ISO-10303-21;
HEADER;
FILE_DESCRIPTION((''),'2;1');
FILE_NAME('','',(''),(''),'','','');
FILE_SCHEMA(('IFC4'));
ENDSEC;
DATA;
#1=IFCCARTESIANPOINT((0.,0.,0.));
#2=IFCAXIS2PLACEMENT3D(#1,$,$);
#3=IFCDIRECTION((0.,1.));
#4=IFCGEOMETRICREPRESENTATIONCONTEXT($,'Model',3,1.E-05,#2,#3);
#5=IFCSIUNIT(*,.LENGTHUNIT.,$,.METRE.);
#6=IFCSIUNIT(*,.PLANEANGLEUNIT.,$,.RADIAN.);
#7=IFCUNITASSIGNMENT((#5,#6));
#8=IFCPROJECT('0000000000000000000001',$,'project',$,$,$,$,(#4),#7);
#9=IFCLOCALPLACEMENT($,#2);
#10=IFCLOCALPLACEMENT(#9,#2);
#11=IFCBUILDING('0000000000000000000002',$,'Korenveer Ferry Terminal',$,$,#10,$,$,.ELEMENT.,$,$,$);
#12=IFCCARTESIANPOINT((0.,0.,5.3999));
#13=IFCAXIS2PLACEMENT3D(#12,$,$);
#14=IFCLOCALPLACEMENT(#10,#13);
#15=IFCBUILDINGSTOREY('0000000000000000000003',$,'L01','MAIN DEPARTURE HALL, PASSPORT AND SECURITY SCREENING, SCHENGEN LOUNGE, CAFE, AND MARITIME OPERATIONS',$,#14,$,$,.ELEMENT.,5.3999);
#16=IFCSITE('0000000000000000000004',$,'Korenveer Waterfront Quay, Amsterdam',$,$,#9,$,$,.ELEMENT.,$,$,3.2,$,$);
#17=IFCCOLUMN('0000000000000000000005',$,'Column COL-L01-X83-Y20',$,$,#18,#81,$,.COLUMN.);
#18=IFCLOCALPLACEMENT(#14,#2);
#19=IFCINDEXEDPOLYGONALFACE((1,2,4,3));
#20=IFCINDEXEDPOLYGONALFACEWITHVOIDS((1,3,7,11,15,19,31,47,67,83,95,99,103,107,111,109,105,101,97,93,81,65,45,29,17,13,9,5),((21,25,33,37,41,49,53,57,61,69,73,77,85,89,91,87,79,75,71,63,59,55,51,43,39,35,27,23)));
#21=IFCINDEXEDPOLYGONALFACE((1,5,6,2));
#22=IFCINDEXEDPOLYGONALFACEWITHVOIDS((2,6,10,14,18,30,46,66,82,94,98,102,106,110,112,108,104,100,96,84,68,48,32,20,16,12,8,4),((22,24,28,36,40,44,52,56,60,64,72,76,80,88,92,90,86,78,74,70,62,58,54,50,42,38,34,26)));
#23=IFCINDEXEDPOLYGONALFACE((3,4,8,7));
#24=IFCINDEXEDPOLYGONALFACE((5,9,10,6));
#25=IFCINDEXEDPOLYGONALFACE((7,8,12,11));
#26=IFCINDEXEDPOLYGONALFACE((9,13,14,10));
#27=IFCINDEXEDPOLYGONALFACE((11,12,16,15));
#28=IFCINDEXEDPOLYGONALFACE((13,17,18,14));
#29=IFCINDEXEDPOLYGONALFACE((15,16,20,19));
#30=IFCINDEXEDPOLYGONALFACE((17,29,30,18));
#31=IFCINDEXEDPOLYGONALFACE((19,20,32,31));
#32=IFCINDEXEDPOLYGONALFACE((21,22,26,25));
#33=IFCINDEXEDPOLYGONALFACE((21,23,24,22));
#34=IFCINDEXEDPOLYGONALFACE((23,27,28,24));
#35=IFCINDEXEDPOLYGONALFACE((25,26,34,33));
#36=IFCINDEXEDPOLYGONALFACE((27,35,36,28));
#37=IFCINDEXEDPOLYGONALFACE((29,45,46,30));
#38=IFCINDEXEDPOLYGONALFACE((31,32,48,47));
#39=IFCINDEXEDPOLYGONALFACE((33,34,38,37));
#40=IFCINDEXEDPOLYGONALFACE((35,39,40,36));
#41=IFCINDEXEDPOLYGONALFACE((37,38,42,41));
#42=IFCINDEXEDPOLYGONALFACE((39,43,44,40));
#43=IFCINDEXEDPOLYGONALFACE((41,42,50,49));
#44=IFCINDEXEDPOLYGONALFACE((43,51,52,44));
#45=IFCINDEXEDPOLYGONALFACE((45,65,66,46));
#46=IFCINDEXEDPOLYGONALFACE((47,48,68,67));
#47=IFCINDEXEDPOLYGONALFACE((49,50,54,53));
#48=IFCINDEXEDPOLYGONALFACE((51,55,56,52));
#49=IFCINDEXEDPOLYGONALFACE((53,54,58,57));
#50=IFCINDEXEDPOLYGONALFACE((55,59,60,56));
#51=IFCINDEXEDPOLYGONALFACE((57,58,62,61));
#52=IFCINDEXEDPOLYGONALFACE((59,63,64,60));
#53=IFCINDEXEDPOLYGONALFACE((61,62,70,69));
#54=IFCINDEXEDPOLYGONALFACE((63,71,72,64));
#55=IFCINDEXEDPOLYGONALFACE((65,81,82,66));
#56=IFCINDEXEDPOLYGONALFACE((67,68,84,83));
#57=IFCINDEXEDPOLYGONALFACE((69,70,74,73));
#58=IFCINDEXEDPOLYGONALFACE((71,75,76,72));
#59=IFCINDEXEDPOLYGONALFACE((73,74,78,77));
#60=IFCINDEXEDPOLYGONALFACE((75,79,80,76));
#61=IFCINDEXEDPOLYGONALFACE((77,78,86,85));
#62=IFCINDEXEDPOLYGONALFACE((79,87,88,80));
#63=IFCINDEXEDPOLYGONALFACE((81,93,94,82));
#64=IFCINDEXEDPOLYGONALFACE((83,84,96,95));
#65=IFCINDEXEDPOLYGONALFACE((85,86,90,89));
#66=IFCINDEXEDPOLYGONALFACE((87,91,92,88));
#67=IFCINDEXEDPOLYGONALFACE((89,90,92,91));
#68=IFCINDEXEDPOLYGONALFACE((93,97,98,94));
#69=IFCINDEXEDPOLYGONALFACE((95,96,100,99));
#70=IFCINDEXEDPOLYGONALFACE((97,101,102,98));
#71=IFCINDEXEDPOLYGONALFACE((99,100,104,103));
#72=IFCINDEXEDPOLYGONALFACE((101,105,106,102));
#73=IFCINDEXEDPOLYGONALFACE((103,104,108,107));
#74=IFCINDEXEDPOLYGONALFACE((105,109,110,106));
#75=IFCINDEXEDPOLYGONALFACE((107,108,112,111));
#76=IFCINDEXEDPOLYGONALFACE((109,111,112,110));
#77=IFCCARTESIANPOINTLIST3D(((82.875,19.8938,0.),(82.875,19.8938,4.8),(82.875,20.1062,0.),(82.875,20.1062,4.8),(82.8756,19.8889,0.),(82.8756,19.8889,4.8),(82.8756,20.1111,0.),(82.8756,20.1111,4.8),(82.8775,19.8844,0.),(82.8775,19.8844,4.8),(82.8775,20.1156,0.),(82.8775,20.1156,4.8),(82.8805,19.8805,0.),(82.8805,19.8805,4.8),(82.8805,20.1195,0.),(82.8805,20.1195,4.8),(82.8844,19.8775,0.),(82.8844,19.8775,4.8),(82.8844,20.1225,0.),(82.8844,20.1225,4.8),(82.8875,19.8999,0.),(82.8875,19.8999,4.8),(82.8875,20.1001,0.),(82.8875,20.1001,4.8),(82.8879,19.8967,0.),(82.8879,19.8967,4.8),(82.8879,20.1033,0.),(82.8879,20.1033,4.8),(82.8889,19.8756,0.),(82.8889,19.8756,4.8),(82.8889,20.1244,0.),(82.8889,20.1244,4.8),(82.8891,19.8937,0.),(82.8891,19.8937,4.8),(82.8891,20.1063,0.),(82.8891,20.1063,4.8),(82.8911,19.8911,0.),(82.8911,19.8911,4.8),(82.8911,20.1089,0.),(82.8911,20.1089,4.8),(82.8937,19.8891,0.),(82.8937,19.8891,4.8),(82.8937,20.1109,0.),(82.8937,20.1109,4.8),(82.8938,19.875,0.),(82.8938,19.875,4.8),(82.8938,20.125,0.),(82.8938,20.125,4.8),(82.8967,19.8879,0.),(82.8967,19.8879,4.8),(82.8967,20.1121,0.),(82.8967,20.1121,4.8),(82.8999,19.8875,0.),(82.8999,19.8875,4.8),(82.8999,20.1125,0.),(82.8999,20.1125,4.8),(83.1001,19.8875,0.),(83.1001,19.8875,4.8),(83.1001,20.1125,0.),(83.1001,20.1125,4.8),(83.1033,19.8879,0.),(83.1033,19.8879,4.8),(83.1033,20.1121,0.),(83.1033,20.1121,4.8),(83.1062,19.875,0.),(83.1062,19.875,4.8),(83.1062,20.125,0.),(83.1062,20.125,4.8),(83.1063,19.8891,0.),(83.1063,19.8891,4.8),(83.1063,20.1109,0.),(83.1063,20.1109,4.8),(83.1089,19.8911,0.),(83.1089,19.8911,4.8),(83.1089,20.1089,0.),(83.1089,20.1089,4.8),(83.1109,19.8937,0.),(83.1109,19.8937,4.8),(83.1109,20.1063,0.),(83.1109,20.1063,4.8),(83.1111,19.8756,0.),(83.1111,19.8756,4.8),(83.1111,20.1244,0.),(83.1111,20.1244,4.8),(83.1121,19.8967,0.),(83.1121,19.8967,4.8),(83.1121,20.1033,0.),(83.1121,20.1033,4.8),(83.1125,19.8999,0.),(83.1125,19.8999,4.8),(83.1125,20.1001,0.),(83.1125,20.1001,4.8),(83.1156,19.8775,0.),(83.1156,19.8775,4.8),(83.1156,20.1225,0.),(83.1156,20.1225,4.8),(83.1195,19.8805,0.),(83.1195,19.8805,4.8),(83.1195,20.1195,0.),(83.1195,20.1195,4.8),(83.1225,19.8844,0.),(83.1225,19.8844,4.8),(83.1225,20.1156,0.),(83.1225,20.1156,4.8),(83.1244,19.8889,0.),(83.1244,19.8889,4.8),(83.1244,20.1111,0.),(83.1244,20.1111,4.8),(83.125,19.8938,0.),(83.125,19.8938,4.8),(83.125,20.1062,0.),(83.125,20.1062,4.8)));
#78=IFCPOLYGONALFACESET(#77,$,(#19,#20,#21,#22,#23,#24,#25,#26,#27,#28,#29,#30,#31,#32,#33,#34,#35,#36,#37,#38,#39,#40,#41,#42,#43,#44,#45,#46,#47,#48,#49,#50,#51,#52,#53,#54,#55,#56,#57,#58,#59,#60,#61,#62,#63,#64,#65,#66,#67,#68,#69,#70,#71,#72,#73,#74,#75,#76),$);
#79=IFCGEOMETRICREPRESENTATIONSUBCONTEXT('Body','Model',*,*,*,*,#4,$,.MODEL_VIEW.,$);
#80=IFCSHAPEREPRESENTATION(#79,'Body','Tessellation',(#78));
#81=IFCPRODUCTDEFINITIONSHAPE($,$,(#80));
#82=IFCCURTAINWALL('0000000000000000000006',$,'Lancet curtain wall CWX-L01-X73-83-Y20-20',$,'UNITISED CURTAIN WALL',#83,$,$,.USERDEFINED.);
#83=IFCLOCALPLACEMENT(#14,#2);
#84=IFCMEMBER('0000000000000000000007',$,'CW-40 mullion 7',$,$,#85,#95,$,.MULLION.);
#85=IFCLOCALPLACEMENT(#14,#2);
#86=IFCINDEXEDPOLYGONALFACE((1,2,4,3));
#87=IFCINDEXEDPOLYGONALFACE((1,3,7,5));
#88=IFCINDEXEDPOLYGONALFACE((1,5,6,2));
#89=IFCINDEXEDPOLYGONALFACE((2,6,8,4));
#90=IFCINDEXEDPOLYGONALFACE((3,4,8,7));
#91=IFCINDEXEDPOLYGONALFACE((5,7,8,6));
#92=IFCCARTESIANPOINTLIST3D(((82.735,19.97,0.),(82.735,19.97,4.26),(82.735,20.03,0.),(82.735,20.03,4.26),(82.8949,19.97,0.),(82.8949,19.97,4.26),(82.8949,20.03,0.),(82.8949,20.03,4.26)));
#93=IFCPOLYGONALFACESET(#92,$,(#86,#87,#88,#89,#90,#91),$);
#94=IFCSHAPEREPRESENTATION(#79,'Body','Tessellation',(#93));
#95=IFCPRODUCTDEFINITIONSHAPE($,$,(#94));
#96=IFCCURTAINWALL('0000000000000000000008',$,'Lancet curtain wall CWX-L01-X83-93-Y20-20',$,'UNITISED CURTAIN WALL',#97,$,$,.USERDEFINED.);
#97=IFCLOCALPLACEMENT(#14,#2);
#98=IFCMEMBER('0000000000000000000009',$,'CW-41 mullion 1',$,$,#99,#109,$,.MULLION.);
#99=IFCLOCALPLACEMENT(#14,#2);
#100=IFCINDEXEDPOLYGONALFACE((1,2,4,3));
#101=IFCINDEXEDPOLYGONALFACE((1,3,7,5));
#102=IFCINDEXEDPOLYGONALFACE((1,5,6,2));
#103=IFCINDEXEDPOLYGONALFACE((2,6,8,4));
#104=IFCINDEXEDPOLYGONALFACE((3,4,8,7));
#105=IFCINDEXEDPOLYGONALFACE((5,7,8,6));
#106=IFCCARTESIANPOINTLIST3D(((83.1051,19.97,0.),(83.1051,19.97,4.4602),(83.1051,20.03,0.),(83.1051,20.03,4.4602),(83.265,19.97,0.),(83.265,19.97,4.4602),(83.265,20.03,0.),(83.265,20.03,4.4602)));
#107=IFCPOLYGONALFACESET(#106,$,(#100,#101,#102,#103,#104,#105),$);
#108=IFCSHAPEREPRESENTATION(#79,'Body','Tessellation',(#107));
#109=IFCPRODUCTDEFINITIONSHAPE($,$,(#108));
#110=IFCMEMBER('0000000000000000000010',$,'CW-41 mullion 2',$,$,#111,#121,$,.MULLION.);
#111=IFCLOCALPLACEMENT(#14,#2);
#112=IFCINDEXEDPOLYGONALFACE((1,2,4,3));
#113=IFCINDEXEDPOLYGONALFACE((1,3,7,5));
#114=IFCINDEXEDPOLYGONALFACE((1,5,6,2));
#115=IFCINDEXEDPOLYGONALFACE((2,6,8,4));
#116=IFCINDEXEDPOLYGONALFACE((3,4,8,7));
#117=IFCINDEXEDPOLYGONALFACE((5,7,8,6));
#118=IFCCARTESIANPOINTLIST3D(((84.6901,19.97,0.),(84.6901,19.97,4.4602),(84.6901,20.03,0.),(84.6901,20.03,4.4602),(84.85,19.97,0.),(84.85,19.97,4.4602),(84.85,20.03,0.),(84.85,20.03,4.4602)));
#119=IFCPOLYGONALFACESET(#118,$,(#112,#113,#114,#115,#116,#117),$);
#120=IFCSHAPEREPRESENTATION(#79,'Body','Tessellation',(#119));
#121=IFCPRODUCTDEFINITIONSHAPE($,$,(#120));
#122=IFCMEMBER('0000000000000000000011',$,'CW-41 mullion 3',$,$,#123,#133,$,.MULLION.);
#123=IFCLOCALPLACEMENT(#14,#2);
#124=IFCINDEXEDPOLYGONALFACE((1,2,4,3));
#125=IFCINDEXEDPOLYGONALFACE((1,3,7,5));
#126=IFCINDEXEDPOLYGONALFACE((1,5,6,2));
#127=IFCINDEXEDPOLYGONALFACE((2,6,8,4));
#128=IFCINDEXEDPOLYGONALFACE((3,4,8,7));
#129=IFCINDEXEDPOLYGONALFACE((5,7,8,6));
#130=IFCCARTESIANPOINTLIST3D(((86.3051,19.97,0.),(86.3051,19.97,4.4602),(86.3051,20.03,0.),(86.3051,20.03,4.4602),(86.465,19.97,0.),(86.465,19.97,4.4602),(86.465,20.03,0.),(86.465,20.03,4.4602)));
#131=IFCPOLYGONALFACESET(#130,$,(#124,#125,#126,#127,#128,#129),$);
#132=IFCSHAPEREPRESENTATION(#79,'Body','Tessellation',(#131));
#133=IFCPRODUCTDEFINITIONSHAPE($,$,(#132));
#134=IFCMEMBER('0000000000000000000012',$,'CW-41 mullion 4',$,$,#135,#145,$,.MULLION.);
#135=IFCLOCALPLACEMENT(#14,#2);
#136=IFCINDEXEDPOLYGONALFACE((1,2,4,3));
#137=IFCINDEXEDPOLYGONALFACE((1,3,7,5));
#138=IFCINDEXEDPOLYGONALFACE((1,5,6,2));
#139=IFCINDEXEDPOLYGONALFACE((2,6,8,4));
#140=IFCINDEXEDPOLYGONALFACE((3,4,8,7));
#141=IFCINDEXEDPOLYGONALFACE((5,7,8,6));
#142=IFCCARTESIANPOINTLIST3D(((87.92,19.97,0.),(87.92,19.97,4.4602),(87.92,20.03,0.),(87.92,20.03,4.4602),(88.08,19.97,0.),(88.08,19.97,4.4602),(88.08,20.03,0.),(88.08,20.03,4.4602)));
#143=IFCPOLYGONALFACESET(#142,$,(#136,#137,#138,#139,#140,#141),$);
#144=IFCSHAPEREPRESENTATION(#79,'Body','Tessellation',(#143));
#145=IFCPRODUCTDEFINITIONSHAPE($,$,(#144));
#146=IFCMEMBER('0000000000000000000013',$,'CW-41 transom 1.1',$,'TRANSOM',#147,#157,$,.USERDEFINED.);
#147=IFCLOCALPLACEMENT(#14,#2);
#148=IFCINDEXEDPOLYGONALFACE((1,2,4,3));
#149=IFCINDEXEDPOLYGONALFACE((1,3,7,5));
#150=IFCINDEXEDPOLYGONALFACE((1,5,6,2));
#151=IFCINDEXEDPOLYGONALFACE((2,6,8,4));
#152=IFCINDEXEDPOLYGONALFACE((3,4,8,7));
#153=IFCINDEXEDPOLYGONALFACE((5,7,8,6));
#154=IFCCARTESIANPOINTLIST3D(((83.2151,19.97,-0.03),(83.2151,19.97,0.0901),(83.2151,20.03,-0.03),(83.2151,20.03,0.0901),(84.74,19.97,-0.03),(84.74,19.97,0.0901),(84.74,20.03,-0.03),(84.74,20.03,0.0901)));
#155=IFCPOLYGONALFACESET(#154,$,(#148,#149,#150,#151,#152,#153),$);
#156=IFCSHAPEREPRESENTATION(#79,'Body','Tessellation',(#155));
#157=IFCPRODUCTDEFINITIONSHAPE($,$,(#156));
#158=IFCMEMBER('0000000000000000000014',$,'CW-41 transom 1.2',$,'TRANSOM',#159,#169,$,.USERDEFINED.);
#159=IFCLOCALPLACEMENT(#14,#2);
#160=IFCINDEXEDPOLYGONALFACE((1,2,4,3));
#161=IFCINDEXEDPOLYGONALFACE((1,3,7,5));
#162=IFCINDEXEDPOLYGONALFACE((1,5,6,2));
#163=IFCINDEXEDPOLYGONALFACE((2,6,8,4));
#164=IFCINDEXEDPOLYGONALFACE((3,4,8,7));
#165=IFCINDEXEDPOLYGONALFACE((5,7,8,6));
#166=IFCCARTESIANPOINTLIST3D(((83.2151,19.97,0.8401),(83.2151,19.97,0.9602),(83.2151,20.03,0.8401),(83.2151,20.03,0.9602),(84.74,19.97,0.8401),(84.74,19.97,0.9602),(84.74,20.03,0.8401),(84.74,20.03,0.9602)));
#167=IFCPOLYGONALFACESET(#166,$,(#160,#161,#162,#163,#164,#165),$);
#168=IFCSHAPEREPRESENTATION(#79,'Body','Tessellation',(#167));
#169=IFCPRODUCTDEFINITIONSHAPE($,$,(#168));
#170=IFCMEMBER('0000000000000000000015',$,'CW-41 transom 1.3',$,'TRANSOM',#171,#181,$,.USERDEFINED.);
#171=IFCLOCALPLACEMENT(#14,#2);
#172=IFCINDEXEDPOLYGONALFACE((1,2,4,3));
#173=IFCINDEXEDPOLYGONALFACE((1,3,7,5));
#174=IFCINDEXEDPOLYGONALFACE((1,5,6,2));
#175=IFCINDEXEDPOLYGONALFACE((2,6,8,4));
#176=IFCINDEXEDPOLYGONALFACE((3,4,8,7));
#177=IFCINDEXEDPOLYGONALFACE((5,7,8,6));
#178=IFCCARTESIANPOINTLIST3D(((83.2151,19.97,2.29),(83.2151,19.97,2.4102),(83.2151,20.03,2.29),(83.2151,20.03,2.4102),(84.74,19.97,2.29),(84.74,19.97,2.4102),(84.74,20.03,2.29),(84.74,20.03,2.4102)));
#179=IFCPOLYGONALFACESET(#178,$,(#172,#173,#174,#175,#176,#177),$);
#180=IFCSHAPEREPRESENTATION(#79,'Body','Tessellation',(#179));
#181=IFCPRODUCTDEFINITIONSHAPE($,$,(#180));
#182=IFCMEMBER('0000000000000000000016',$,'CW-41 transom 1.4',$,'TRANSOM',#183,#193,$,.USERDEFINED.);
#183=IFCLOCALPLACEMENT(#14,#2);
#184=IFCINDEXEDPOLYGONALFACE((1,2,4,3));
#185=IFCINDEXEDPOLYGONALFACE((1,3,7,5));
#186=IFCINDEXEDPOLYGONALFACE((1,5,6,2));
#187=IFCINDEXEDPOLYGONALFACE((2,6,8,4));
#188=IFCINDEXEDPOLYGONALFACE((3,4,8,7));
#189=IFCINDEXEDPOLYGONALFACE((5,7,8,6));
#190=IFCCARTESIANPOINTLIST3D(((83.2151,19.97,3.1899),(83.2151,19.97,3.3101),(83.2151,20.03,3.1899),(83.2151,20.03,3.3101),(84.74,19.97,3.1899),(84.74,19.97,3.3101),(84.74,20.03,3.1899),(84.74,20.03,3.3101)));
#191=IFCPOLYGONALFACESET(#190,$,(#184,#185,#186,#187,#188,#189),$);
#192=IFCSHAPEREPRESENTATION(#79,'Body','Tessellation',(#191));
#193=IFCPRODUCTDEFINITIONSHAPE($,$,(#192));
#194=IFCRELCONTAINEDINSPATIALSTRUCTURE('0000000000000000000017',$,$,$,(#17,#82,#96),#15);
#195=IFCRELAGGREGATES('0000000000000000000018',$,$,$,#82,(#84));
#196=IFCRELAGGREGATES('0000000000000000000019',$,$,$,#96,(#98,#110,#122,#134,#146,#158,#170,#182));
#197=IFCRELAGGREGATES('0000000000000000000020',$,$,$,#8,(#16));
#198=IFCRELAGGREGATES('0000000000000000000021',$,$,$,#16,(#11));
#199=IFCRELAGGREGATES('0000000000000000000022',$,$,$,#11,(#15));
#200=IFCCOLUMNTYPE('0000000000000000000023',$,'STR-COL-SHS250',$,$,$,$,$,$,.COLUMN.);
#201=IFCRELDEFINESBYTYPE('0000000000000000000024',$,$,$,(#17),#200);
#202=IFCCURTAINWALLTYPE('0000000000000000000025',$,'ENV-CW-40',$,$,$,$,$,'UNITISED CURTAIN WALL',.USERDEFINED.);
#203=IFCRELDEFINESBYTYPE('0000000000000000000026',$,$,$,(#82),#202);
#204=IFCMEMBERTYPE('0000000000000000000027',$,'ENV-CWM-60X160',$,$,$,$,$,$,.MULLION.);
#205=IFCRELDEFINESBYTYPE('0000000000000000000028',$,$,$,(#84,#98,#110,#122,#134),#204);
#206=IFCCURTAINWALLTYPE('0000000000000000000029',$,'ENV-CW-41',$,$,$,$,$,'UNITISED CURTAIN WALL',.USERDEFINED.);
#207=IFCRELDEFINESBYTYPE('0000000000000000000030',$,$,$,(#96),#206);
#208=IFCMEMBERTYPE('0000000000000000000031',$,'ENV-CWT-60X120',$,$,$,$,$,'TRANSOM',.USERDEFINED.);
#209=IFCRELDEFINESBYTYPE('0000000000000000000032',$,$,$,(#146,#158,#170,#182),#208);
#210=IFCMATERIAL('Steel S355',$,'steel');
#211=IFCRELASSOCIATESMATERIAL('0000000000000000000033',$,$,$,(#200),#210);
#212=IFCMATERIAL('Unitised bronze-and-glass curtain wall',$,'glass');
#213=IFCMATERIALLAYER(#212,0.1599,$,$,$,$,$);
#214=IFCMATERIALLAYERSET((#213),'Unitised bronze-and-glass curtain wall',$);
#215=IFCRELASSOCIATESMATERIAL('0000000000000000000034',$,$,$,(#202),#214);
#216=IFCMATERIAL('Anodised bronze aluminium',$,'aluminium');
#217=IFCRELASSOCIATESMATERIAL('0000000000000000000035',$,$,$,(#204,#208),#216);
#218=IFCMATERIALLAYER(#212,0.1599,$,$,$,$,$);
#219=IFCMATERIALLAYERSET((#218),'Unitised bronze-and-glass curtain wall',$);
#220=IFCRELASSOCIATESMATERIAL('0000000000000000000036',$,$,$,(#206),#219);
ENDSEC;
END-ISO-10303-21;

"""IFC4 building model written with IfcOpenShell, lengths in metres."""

from ifc_helpers import new_model, si_unit, direction, frame, origin, origin_2d, place, context, subcontext, project, spatial, rectangle, hollow_rectangle, extrude, material, layer, layer_set, material_profile, profile_set, type_object, element, aggregate, save


model = new_model("IFC4")

# Units and contexts
model_context = context("Model", 3, precision=1e-05, world=origin(), true_north=direction((0.0, 1.0)))
body_context = subcontext(model_context, "Body", "Model", "MODEL_VIEW")
ifc_project = project(units=[si_unit("LENGTHUNIT", "METRE"), si_unit("PLANEANGLEUNIT", "RADIAN")], contexts=[model_context])

# Site, building, storey
site_placement = place(None, origin())
site = spatial("IfcSite", under=ifc_project, at=site_placement, Name="Korenveer Waterfront Quay, Amsterdam", CompositionType="ELEMENT", RefElevation=3.2)
building_placement = place(site_placement, origin())
building = spatial("IfcBuilding", under=site, at=building_placement, Name="Korenveer Ferry Terminal", CompositionType="ELEMENT")
storey_placement = place(building_placement, frame((0.0, 0.0, 5.3999)))
storey = spatial("IfcBuildingStorey", under=building, at=storey_placement, Name="L01", Description="MAIN DEPARTURE HALL, PASSPORT AND SECURITY SCREENING, SCHENGEN LOUNGE, CAFE, AND MARITIME OPERATIONS", CompositionType="ELEMENT", Elevation=5.3999)

# Column
ifc_material_1 = material(Name="Steel S355", Category="steel")
ifc_material_profile_1 = material_profile(ifc_material_1, hollow_rectangle(XDim=0.25, YDim=0.25, WallThickness=0.0125, InnerFilletRadius=0.0125, OuterFilletRadius=0.0188, at=origin_2d()), Name="SHS 250x250x12.5")
ifc_profile_set_1 = profile_set([ifc_material_profile_1], Name="Steel S355")
column_type = type_object("IfcColumnType", Name="STR-COL-SHS250", PredefinedType="COLUMN", material=ifc_profile_set_1)
column_placement = place(storey_placement, frame((83.0, 20.0, 0.0), z_axis=(0.0, 0.0, 1.0), x_axis=(1.0, 0.0, 0.0)))
element("IfcColumn", 1, at=column_placement, inside=storey, type_object=column_type, Name="Column COL-L01-X83-Y20", PredefinedType="COLUMN", context=body_context, shape_type="SweptSolid", body=[
    extrude(hollow_rectangle(XDim=0.25, YDim=0.25, WallThickness=0.0125, InnerFilletRadius=0.0125, OuterFilletRadius=0.0188, at=origin_2d()), origin(), (0.0, 0.0, 1.0), 4.8),
])

# Curtain wall, member
ifc_material_2 = material(Name="Unitised bronze-and-glass curtain wall", Category="glass")
ifc_layer_1 = layer(ifc_material_2, 0.1599)
ifc_layer_set_1 = layer_set([ifc_layer_1], Name="Unitised bronze-and-glass curtain wall")
curtain_wall_type_1 = type_object("IfcCurtainWallType", Name="ENV-CW-40", ElementType="UNITISED CURTAIN WALL", PredefinedType="USERDEFINED", material=ifc_layer_set_1)
curtain_wall_1_placement = place(storey_placement, frame((73.155, 20.0, 0.0)))
curtain_wall_1 = element("IfcCurtainWall", 2, at=curtain_wall_1_placement, inside=storey, type_object=curtain_wall_type_1, Name="Lancet curtain wall CWX-L01-X73-83-Y20-20", ObjectType="UNITISED CURTAIN WALL", PredefinedType="USERDEFINED")
ifc_material_3 = material(Name="Anodised bronze aluminium", Category="aluminium")
ifc_material_profile_2 = material_profile(ifc_material_3, rectangle(XDim=0.0601, YDim=0.1599, at=origin_2d()), Name="ALU 60x160")
ifc_profile_set_2 = profile_set([ifc_material_profile_2], Name="Anodised bronze aluminium")
member_type_1 = type_object("IfcMemberType", Name="ENV-CWM-60X160", PredefinedType="MULLION", material=ifc_profile_set_2)
member_1_placement = place(storey_placement, frame((82.8149, 20.0, 0.0), z_axis=(0.0, 0.0, 1.0), x_axis=(0.0, 1.0, 0.0)))
member_1 = element("IfcMember", 3, at=member_1_placement, type_object=member_type_1, Name="CW-40 mullion 7", PredefinedType="MULLION", context=body_context, shape_type="SweptSolid", body=[
    extrude(rectangle(XDim=0.0601, YDim=0.1599, at=origin_2d()), origin(), (0.0, 0.0, 1.0), 4.26),
])

# Curtain wall, members
ifc_layer_2 = layer(ifc_material_2, 0.1599)
ifc_layer_set_2 = layer_set([ifc_layer_2], Name="Unitised bronze-and-glass curtain wall")
curtain_wall_type_2 = type_object("IfcCurtainWallType", Name="ENV-CW-41", ElementType="UNITISED CURTAIN WALL", PredefinedType="USERDEFINED", material=ifc_layer_set_2)
curtain_wall_2_placement = place(storey_placement, frame((83.155, 20.0, 0.0)))
curtain_wall_2 = element("IfcCurtainWall", 4, at=curtain_wall_2_placement, inside=storey, type_object=curtain_wall_type_2, Name="Lancet curtain wall CWX-L01-X83-93-Y20-20", ObjectType="UNITISED CURTAIN WALL", PredefinedType="USERDEFINED")
member_2_placement = place(storey_placement, frame((83.1851, 20.0, 0.0), z_axis=(0.0, 0.0, 1.0), x_axis=(0.0, 1.0, 0.0)))
member_2 = element("IfcMember", 5, at=member_2_placement, type_object=member_type_1, Name="CW-41 mullion 1", PredefinedType="MULLION", context=body_context, shape_type="SweptSolid", body=[
    extrude(rectangle(XDim=0.0601, YDim=0.1599, at=origin_2d()), origin(), (0.0, 0.0, 1.0), 4.4602),
])
member_3_placement = place(storey_placement, frame((84.77, 20.0, 0.0), z_axis=(0.0, 0.0, 1.0), x_axis=(0.0, 1.0, 0.0)))
member_3 = element("IfcMember", 6, at=member_3_placement, type_object=member_type_1, Name="CW-41 mullion 2", PredefinedType="MULLION", context=body_context, shape_type="SweptSolid", body=[
    extrude(rectangle(XDim=0.0601, YDim=0.1599, at=origin_2d()), origin(), (0.0, 0.0, 1.0), 4.4602),
])
member_4_placement = place(storey_placement, frame((86.385, 20.0, 0.0), z_axis=(0.0, 0.0, 1.0), x_axis=(0.0, 1.0, 0.0)))
member_4 = element("IfcMember", 7, at=member_4_placement, type_object=member_type_1, Name="CW-41 mullion 3", PredefinedType="MULLION", context=body_context, shape_type="SweptSolid", body=[
    extrude(rectangle(XDim=0.0601, YDim=0.1599, at=origin_2d()), origin(), (0.0, 0.0, 1.0), 4.4602),
])
member_5_placement = place(storey_placement, frame((88.0, 20.0, 0.0), z_axis=(0.0, 0.0, 1.0), x_axis=(0.0, 1.0, 0.0)))
member_5 = element("IfcMember", 8, at=member_5_placement, type_object=member_type_1, Name="CW-41 mullion 4", PredefinedType="MULLION", context=body_context, shape_type="SweptSolid", body=[
    extrude(rectangle(XDim=0.0601, YDim=0.1599, at=origin_2d()), origin(), (0.0, 0.0, 1.0), 4.4602),
])
ifc_material_profile_3 = material_profile(ifc_material_3, rectangle(XDim=0.0601, YDim=0.1201, at=origin_2d()), Name="ALU 60x120")
ifc_profile_set_3 = profile_set([ifc_material_profile_3], Name="Anodised bronze aluminium")
member_type_2 = type_object("IfcMemberType", Name="ENV-CWT-60X120", ElementType="TRANSOM", PredefinedType="USERDEFINED", material=ifc_profile_set_3)
member_6_placement = place(storey_placement, frame((83.2151, 20.0, 0.03), z_axis=(1.0, 0.0, 0.0), x_axis=(0.0, 1.0, 0.0)))
member_6 = element("IfcMember", 9, at=member_6_placement, type_object=member_type_2, Name="CW-41 transom 1.1", ObjectType="TRANSOM", PredefinedType="USERDEFINED", context=body_context, shape_type="SweptSolid", body=[
    extrude(rectangle(XDim=0.0601, YDim=0.1201, at=origin_2d()), origin(), (0.0, 0.0, 1.0), 1.5249),
])
member_7_placement = place(storey_placement, frame((83.2151, 20.0, 0.9001), z_axis=(1.0, 0.0, 0.0), x_axis=(0.0, 1.0, 0.0)))
member_7 = element("IfcMember", 10, at=member_7_placement, type_object=member_type_2, Name="CW-41 transom 1.2", ObjectType="TRANSOM", PredefinedType="USERDEFINED", context=body_context, shape_type="SweptSolid", body=[
    extrude(rectangle(XDim=0.0601, YDim=0.1201, at=origin_2d()), origin(), (0.0, 0.0, 1.0), 1.5249),
])
member_8_placement = place(storey_placement, frame((83.2151, 20.0, 2.3501), z_axis=(1.0, 0.0, 0.0), x_axis=(0.0, 1.0, 0.0)))
member_8 = element("IfcMember", 11, at=member_8_placement, type_object=member_type_2, Name="CW-41 transom 1.3", ObjectType="TRANSOM", PredefinedType="USERDEFINED", context=body_context, shape_type="SweptSolid", body=[
    extrude(rectangle(XDim=0.0601, YDim=0.1201, at=origin_2d()), origin(), (0.0, 0.0, 1.0), 1.5249),
])
member_9_placement = place(storey_placement, frame((83.2151, 20.0, 3.25), z_axis=(1.0, 0.0, 0.0), x_axis=(0.0, 1.0, 0.0)))
member_9 = element("IfcMember", 12, at=member_9_placement, type_object=member_type_2, Name="CW-41 transom 1.4", ObjectType="TRANSOM", PredefinedType="USERDEFINED", context=body_context, shape_type="SweptSolid", body=[
    extrude(rectangle(XDim=0.0601, YDim=0.1201, at=origin_2d()), origin(), (0.0, 0.0, 1.0), 1.5249),
])

aggregate(curtain_wall_1, [member_1])
aggregate(curtain_wall_2, [member_2, member_3, member_4, member_5, member_6, member_7, member_8, member_9])

save(model, "model.ifc")
